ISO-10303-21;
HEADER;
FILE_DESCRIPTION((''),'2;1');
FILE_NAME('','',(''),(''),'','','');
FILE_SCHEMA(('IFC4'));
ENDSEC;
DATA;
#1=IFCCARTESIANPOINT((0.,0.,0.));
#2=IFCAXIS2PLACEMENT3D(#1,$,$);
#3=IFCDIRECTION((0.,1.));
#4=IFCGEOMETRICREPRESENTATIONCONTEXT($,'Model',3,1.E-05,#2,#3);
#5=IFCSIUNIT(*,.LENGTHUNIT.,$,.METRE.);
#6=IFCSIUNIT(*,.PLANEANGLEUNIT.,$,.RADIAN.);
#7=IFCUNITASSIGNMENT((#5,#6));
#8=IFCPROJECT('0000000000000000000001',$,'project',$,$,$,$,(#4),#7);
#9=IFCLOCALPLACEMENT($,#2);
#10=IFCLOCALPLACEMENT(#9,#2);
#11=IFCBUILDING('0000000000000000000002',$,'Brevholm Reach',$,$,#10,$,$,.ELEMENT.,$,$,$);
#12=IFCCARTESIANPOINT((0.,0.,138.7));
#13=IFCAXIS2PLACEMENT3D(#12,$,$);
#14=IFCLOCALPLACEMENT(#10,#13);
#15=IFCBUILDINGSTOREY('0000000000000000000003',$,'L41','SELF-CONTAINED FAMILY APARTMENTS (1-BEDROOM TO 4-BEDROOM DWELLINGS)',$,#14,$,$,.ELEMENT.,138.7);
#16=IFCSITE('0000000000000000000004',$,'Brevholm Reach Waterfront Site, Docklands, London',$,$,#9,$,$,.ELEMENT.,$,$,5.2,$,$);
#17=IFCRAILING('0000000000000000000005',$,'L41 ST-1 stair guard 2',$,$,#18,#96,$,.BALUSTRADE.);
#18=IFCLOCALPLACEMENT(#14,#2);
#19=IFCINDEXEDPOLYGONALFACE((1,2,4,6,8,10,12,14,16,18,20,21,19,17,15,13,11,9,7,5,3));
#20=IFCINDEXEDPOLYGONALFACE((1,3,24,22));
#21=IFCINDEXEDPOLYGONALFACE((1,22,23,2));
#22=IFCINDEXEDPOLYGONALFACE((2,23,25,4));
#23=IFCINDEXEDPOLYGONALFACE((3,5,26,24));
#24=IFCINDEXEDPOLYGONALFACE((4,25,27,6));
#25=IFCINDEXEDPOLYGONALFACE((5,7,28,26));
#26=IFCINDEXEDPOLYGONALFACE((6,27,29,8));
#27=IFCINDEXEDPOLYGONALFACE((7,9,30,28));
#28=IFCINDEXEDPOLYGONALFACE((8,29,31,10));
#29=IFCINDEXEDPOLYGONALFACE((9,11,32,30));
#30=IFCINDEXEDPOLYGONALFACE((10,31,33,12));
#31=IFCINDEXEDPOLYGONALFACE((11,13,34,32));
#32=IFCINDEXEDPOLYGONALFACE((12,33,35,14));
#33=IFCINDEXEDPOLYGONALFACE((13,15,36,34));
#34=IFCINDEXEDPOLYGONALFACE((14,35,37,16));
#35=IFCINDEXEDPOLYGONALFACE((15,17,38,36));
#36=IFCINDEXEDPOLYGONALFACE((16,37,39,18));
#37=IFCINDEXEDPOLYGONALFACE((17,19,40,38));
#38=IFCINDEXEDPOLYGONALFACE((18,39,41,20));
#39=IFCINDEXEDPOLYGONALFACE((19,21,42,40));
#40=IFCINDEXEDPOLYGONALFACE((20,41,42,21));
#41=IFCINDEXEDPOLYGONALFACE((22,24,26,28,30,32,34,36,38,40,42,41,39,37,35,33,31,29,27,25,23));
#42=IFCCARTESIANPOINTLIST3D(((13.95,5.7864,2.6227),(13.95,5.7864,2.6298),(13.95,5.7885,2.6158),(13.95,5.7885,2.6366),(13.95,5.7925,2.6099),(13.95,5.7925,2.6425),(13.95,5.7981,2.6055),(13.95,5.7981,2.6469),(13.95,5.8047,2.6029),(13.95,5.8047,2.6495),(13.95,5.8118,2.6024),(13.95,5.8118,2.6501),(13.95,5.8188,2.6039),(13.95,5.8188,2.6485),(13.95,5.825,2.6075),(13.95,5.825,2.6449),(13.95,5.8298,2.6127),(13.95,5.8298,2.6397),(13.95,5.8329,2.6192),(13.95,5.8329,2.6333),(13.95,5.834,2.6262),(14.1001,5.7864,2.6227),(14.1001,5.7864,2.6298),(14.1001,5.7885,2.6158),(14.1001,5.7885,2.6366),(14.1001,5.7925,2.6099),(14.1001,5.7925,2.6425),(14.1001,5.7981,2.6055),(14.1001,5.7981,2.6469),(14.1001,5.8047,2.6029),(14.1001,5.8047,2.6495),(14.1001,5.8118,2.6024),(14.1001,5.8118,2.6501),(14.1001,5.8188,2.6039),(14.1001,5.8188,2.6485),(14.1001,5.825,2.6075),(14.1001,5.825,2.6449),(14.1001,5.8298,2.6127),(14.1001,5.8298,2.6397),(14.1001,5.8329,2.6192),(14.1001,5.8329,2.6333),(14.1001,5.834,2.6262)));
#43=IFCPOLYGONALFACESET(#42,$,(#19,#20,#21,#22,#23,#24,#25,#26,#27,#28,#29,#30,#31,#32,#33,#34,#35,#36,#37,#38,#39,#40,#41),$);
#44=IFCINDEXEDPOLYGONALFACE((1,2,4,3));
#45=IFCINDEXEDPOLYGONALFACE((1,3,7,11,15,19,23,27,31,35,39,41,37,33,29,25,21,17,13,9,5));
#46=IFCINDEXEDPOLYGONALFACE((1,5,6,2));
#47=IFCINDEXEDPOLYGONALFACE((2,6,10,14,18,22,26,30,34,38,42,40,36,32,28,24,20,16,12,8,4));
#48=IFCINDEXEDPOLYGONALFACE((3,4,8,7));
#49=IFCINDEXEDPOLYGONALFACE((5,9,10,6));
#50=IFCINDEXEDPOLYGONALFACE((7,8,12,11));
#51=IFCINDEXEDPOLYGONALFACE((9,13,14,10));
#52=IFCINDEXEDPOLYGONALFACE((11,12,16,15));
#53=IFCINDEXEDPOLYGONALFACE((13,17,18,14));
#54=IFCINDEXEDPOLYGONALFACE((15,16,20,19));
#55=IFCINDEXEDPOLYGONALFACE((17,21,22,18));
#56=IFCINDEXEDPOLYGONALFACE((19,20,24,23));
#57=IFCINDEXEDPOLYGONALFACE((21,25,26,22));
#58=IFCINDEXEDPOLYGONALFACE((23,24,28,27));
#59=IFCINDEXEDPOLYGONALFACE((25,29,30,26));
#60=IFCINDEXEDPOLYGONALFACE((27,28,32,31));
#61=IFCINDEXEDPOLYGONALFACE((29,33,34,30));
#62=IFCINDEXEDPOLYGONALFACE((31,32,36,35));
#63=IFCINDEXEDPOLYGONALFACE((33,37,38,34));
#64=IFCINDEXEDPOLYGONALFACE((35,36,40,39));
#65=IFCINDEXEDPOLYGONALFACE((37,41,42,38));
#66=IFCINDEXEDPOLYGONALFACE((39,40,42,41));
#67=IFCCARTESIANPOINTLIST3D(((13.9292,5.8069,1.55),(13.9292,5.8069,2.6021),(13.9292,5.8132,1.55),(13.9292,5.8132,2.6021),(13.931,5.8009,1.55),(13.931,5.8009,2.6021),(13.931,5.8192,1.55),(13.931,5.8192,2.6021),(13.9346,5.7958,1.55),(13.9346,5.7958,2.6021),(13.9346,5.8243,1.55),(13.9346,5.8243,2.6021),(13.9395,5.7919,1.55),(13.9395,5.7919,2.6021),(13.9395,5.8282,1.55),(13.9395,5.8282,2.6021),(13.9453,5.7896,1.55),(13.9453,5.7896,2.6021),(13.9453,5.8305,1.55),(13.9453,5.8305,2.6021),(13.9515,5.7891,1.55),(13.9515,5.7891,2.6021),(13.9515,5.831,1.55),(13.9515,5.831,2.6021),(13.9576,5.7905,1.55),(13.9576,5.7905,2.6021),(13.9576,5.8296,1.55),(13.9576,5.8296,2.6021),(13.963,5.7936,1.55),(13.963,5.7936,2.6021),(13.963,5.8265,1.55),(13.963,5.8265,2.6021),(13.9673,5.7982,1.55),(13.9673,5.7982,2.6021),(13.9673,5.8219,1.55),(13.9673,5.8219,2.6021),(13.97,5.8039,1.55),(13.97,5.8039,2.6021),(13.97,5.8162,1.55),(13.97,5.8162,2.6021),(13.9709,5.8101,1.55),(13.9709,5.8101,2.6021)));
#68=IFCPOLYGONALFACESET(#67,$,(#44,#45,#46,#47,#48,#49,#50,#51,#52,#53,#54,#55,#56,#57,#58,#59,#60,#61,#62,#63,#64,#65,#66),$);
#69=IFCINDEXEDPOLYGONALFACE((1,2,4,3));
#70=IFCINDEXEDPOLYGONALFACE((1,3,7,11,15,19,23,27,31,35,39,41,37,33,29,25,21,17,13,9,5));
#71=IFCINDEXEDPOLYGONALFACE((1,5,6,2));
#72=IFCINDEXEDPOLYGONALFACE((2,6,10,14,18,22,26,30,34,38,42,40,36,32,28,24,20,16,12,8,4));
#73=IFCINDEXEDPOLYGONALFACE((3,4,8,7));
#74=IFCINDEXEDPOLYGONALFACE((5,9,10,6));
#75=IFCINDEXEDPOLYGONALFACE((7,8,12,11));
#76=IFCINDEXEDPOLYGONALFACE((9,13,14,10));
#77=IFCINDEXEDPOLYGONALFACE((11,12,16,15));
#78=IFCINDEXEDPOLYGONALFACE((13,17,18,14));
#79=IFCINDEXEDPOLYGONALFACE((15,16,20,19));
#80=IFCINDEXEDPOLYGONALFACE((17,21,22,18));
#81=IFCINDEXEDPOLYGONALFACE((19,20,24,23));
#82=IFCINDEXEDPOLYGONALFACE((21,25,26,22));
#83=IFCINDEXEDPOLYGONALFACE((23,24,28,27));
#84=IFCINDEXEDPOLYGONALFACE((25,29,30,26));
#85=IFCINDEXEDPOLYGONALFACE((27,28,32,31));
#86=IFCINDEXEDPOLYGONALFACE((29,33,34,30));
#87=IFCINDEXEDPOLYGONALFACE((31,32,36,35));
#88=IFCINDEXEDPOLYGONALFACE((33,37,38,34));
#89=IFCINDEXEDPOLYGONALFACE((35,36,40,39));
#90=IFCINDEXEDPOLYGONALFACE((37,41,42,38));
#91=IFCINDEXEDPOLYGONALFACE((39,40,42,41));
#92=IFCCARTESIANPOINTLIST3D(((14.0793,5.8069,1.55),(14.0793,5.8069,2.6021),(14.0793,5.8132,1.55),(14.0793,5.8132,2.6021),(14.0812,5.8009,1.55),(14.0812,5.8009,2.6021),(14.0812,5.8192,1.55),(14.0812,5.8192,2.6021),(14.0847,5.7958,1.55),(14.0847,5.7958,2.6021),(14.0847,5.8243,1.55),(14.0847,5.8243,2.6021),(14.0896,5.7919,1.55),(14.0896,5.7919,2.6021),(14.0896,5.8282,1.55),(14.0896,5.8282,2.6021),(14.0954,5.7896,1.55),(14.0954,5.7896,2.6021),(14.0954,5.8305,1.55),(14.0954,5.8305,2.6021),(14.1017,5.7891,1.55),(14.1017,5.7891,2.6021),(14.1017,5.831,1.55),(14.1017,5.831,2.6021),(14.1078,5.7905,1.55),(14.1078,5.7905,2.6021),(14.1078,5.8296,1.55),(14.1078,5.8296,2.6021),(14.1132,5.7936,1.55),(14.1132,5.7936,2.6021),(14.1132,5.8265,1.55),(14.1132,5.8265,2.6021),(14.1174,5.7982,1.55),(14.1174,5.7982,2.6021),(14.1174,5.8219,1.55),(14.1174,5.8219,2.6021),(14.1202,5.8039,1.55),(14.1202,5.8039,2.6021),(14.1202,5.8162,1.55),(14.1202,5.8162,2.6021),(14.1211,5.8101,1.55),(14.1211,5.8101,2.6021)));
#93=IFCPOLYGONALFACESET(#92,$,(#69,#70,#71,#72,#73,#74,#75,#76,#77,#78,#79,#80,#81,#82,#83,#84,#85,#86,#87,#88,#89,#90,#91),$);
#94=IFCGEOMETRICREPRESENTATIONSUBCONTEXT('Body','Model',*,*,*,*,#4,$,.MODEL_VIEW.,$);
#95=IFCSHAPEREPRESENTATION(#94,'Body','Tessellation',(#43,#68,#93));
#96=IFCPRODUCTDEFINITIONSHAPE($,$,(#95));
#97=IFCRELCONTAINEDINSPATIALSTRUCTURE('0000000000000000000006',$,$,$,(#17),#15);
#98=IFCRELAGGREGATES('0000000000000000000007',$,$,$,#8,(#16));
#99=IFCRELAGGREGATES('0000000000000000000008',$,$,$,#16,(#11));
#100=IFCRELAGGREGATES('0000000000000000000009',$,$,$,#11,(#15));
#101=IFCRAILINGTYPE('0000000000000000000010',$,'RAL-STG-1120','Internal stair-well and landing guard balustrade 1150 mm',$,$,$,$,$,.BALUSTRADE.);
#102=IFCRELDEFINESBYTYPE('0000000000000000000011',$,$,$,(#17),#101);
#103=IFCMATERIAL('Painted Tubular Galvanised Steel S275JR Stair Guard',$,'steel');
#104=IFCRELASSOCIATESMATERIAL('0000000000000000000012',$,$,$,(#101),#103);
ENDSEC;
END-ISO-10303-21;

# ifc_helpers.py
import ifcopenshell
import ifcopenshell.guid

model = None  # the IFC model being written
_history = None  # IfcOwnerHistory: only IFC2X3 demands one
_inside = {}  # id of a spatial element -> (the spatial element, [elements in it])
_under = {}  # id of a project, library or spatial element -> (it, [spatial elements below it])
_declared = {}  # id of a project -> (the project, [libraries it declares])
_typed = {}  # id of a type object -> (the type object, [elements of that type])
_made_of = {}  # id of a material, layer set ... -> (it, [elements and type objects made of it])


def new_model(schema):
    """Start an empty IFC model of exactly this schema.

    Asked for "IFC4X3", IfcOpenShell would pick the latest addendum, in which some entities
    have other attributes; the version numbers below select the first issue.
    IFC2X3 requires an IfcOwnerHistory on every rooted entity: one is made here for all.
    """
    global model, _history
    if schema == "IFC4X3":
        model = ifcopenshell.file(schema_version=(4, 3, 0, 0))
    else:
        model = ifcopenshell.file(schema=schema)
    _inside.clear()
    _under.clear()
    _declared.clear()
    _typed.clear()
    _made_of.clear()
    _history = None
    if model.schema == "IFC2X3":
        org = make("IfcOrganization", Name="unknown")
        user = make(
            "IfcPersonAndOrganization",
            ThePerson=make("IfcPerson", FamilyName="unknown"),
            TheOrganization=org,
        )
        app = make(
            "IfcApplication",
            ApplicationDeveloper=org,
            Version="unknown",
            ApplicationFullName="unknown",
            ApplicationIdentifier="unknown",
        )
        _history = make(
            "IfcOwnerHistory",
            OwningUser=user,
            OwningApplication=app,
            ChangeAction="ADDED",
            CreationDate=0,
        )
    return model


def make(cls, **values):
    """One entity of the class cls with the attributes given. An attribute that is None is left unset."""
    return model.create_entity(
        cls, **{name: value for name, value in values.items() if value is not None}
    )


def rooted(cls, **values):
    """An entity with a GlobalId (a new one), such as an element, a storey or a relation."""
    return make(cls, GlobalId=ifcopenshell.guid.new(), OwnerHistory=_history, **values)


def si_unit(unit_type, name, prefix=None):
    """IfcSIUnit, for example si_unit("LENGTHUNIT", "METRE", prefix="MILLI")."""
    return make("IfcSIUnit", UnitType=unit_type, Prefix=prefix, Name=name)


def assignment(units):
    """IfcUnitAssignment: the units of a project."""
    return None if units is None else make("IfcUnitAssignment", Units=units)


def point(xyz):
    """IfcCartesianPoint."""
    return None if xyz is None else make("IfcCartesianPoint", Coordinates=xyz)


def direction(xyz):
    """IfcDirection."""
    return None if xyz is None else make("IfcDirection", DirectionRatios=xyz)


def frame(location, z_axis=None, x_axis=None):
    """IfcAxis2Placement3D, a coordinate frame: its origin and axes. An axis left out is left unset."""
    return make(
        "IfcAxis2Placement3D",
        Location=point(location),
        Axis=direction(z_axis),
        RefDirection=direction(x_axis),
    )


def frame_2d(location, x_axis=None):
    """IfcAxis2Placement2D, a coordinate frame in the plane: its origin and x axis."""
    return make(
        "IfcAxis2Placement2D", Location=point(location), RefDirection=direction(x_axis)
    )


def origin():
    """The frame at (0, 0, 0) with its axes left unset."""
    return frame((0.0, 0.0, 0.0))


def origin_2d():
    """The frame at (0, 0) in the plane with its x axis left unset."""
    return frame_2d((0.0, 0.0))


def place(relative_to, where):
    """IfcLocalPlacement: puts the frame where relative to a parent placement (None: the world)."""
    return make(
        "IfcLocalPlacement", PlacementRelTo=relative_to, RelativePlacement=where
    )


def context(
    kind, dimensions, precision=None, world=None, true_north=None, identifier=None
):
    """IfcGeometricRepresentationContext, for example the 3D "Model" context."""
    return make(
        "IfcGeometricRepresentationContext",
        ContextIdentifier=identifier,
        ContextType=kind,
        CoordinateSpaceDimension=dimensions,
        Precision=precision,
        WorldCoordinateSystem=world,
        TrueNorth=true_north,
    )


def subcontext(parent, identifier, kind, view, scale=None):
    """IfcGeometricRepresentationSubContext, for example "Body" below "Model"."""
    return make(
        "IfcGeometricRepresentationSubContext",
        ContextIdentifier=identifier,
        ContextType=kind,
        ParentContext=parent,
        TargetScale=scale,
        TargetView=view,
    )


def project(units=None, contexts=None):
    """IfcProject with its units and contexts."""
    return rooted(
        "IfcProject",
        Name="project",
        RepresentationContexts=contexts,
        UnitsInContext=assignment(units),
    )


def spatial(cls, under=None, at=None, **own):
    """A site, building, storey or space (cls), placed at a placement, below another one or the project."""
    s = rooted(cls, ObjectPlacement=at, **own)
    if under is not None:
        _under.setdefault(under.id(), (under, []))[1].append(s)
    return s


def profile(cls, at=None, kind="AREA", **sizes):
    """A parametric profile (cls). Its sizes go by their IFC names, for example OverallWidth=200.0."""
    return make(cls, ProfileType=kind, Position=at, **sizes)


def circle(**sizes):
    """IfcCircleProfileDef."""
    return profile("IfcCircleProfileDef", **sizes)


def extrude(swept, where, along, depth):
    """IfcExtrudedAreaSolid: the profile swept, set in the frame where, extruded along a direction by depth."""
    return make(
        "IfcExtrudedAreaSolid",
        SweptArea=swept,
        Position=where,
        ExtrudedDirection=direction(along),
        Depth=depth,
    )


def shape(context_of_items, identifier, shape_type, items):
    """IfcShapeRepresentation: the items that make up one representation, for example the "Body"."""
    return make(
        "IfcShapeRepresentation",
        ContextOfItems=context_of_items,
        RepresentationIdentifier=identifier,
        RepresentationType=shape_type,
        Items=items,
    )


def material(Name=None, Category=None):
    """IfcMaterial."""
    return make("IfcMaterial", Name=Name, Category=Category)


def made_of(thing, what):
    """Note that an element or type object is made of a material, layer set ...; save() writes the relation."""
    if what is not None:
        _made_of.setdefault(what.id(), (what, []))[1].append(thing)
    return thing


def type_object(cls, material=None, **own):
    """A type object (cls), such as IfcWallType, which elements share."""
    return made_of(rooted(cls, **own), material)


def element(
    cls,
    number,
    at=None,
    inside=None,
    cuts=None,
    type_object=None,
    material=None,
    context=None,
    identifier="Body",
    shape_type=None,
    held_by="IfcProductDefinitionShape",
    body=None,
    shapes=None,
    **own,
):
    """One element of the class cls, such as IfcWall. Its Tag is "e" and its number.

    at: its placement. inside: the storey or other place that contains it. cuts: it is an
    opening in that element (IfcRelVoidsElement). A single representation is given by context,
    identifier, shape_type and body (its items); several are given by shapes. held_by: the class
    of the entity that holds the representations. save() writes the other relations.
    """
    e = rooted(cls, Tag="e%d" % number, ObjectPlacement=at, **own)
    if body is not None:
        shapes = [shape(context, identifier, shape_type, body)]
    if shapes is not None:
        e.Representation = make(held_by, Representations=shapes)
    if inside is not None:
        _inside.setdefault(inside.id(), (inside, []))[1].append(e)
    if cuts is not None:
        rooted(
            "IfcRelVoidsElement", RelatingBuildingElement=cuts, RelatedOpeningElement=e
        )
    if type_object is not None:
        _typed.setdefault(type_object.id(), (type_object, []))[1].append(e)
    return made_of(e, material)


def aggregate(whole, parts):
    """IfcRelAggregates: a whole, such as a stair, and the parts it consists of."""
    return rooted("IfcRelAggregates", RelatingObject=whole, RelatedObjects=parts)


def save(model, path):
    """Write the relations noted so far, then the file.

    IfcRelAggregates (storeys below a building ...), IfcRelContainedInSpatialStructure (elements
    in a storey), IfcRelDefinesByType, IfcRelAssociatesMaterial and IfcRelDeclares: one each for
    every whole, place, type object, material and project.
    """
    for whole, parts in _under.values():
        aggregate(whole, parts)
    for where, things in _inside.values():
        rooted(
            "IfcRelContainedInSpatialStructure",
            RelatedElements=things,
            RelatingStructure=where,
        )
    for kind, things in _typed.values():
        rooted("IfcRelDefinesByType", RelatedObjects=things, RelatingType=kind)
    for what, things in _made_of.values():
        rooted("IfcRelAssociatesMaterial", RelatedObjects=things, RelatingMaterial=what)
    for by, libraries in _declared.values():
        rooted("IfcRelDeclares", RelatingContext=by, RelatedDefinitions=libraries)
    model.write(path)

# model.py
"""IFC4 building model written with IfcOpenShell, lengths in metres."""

from ifc_helpers import new_model, si_unit, direction, frame, origin, origin_2d, place, context, subcontext, project, spatial, circle, extrude, material, type_object, element, save


model = new_model("IFC4")

# Units and contexts
model_context = context("Model", 3, precision=1e-05, world=origin(), true_north=direction((0.0, 1.0)))
body_context = subcontext(model_context, "Body", "Model", "MODEL_VIEW")
ifc_project = project(units=[si_unit("LENGTHUNIT", "METRE"), si_unit("PLANEANGLEUNIT", "RADIAN")], contexts=[model_context])

# Site, building, storey
site_placement = place(None, origin())
site = spatial("IfcSite", under=ifc_project, at=site_placement, Name="Brevholm Reach Waterfront Site, Docklands, London", CompositionType="ELEMENT", RefElevation=5.2)
building_placement = place(site_placement, origin())
building = spatial("IfcBuilding", under=site, at=building_placement, Name="Brevholm Reach", CompositionType="ELEMENT")
storey_placement = place(building_placement, frame((0.0, 0.0, 138.7)))
storey = spatial("IfcBuildingStorey", under=building, at=storey_placement, Name="L41", Description="SELF-CONTAINED FAMILY APARTMENTS (1-BEDROOM TO 4-BEDROOM DWELLINGS)", CompositionType="ELEMENT", Elevation=138.7)

# Railing
ifc_material_1 = material(Name="Painted Tubular Galvanised Steel S275JR Stair Guard", Category="steel")
railing_type_1 = type_object("IfcRailingType", Name="RAL-STG-1120", Description="Internal stair-well and landing guard balustrade 1150 mm", PredefinedType="BALUSTRADE", material=ifc_material_1)
railing_1_placement = place(storey_placement, frame((13.95, 5.8101, 1.55)))
element("IfcRailing", 1, at=railing_1_placement, inside=storey, type_object=railing_type_1, Name="L41 ST-1 stair guard 2", PredefinedType="BALUSTRADE", context=body_context, shape_type="SweptSolid", body=[
    extrude(circle(Radius=0.0239, at=origin_2d()), frame((0.0, 0.0, 1.0762), z_axis=(1.0, 0.0, 0.0), x_axis=(0.0, 1.0, 0.0)), (0.0, 0.0, 1.0), 0.1501),
    extrude(circle(Radius=0.021, at=origin_2d()), origin(), (0.0, 0.0, 1.0), 1.052),
    extrude(circle(Radius=0.021, at=origin_2d()), frame((0.1501, 0.0, 0.0)), (0.0, 0.0, 1.0), 1.052),
])

save(model, "model.ifc")
